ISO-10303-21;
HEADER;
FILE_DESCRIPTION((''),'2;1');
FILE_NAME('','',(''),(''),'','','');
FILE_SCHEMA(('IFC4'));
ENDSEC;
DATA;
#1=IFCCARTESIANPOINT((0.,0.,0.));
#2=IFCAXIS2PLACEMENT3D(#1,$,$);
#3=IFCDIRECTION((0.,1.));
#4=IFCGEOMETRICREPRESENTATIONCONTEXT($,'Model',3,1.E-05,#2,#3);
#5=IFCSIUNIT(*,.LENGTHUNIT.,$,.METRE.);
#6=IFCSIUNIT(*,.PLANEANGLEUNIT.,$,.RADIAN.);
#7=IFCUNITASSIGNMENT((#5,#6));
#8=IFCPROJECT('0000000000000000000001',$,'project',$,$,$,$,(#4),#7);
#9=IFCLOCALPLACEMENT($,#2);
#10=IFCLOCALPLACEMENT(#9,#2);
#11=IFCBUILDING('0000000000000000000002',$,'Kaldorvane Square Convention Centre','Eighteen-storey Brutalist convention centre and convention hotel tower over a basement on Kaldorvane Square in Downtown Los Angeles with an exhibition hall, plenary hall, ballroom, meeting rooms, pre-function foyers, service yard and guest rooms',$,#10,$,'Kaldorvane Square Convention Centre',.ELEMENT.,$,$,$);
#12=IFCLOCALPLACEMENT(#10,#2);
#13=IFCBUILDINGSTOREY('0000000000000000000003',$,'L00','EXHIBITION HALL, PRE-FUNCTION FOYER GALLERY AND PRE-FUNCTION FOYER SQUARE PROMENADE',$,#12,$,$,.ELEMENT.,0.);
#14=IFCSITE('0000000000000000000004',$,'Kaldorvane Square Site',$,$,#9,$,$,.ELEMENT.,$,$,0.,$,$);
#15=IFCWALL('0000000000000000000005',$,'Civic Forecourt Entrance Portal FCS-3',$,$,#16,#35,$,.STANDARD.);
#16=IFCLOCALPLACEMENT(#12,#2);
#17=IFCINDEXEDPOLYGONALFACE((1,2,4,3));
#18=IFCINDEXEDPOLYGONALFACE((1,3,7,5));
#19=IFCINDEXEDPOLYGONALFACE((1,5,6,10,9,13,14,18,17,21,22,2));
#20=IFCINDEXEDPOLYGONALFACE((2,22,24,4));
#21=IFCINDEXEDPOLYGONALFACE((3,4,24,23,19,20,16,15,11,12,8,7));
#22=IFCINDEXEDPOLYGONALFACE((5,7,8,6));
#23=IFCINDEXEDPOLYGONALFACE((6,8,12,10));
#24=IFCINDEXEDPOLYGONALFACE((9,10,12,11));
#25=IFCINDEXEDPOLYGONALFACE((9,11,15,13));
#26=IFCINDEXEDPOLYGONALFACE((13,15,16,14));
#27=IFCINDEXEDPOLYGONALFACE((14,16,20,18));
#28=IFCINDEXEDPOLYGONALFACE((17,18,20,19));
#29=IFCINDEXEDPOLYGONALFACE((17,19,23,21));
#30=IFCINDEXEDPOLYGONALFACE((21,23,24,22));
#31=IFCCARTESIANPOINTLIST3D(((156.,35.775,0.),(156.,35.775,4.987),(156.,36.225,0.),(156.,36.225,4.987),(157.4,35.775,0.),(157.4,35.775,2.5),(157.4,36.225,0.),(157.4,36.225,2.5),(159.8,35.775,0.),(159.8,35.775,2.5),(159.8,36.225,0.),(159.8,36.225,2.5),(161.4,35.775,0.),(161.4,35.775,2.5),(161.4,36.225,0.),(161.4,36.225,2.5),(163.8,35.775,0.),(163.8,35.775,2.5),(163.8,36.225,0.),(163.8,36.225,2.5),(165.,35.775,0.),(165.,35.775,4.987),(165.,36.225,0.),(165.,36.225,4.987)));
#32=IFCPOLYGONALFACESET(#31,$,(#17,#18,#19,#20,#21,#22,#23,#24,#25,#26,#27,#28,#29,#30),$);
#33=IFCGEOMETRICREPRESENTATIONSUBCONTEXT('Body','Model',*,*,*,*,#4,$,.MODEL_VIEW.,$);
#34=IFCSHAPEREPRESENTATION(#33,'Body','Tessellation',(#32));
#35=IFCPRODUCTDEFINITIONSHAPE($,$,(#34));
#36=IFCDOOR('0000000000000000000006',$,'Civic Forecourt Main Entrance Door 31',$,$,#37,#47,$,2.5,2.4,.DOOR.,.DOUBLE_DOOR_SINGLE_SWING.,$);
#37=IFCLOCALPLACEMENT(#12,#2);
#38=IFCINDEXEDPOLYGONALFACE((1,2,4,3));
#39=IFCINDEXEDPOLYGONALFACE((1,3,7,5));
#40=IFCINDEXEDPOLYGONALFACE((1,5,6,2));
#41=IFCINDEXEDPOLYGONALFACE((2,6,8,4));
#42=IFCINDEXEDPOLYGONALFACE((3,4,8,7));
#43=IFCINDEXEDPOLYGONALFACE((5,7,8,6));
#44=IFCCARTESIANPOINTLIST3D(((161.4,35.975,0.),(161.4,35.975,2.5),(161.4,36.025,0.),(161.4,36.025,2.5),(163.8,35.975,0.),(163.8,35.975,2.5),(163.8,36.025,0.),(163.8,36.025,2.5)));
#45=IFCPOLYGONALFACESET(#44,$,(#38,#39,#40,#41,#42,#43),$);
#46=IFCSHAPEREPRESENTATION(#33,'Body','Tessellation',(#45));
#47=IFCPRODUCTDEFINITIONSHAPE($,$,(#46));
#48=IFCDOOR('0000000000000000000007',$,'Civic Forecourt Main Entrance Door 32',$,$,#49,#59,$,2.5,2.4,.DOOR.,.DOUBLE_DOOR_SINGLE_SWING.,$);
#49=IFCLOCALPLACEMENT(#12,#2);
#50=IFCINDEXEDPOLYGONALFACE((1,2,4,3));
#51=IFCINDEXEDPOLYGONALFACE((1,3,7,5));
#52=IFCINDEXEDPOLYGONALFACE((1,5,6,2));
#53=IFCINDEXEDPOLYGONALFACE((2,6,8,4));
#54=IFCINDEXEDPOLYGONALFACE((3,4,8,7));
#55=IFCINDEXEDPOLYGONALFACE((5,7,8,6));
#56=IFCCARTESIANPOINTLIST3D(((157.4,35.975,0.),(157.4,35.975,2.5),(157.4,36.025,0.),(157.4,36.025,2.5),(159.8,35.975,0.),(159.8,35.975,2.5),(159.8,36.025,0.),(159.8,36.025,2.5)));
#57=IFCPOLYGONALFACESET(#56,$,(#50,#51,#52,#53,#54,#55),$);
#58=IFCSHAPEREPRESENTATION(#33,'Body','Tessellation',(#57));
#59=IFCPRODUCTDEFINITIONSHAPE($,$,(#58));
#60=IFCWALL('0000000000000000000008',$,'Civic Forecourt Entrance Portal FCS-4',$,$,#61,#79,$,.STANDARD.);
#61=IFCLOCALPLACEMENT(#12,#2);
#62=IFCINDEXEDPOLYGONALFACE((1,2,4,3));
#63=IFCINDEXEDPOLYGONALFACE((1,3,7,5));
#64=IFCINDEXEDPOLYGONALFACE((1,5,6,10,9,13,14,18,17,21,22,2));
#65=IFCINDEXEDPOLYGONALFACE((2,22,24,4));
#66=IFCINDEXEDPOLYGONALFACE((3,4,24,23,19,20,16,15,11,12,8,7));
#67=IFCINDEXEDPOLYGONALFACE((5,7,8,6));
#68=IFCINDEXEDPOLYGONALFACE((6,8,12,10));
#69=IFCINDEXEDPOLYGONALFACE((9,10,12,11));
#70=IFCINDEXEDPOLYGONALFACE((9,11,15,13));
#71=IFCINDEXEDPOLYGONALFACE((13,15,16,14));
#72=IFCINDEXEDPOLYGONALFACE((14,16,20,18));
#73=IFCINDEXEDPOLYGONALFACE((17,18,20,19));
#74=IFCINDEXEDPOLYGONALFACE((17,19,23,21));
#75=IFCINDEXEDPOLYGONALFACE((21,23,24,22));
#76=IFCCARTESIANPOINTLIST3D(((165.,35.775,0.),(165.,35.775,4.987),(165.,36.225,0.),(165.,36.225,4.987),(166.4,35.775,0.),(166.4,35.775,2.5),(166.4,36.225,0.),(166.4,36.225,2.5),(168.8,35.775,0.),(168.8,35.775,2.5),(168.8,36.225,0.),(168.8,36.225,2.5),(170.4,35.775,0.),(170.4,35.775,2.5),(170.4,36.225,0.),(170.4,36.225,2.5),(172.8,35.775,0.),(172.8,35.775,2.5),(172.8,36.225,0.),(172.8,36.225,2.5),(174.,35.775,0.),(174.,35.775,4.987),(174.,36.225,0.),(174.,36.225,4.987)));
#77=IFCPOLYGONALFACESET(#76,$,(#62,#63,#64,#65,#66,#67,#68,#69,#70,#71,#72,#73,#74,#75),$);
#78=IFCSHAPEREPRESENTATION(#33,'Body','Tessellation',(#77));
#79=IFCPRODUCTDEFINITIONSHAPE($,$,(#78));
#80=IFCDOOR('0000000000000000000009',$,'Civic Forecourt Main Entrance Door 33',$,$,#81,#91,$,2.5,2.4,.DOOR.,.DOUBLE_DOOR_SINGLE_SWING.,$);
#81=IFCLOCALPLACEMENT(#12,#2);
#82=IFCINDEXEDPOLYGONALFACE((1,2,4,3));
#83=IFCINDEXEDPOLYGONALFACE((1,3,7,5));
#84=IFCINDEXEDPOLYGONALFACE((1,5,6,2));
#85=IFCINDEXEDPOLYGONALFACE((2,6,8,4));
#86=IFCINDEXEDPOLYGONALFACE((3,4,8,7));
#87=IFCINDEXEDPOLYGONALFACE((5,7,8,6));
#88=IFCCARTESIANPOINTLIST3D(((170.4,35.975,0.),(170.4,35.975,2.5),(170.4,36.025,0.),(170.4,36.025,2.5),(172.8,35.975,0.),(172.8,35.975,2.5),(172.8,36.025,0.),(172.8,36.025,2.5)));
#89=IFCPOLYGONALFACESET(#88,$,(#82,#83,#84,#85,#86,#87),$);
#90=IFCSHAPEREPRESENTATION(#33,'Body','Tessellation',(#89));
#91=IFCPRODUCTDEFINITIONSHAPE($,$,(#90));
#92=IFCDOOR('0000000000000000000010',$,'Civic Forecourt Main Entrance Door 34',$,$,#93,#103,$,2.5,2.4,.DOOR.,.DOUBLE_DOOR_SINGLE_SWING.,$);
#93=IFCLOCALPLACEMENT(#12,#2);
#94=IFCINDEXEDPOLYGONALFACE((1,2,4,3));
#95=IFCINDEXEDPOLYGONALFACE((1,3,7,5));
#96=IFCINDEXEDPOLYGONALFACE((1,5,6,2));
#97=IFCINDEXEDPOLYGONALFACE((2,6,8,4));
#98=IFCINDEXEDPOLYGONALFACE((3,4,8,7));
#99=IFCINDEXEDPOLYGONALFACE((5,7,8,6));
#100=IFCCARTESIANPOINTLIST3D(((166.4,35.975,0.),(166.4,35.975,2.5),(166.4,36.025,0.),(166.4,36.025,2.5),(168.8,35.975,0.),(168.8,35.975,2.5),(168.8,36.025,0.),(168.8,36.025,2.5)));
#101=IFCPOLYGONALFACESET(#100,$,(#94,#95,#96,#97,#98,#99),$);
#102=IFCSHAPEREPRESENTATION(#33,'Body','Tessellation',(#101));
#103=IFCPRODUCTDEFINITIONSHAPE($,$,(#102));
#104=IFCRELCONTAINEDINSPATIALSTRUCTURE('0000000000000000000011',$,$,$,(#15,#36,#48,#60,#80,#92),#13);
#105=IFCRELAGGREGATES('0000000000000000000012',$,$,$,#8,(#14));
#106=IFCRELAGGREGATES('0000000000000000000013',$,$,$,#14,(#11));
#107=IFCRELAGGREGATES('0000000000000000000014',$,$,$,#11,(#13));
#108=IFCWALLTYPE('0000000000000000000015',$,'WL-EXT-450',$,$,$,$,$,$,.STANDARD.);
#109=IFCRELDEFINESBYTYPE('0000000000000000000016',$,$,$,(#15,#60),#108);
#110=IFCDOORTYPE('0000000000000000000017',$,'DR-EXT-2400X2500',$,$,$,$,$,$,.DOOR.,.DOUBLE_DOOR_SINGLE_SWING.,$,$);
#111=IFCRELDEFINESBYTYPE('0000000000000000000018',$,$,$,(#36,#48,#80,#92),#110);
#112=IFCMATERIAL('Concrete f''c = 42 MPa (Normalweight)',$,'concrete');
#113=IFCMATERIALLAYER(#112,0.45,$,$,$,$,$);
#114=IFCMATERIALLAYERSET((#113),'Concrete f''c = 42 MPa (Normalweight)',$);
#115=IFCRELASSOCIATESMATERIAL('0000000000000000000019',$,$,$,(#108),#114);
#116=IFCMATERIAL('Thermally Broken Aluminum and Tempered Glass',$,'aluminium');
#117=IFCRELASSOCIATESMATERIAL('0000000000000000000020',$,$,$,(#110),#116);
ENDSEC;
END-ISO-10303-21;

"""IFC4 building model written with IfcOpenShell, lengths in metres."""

from ifc_helpers import new_model, si_unit, direction, frame, frame_2d, origin, place, context, subcontext, project, spatial, rectangle, extrude, material, layer, layer_set, type_object, element, fill, save


model = new_model("IFC4")

# Units and contexts
model_context = context("Model", 3, precision=1e-05, world=origin(), true_north=direction((0.0, 1.0)))
body_context = subcontext(model_context, "Body", "Model", "MODEL_VIEW")
ifc_project = project(units=[si_unit("LENGTHUNIT", "METRE"), si_unit("PLANEANGLEUNIT", "RADIAN")], contexts=[model_context])

# Site, building, storey
site_placement = place(None, origin())
site = spatial("IfcSite", under=ifc_project, at=site_placement, Name="Kaldorvane Square Site", CompositionType="ELEMENT", RefElevation=0.0)
building_placement = place(site_placement, origin())
building = spatial("IfcBuilding", under=site, at=building_placement, Name="Kaldorvane Square Convention Centre", Description="Eighteen-storey Brutalist convention centre and convention hotel tower over a basement on Kaldorvane Square in Downtown Los Angeles with an exhibition hall, plenary hall, ballroom, meeting rooms, pre-function foyers, service yard and guest rooms", LongName="Kaldorvane Square Convention Centre", CompositionType="ELEMENT")
storey_placement = place(building_placement, origin())
storey = spatial("IfcBuildingStorey", under=building, at=storey_placement, Name="L00", Description="EXHIBITION HALL, PRE-FUNCTION FOYER GALLERY AND PRE-FUNCTION FOYER SQUARE PROMENADE", CompositionType="ELEMENT", Elevation=0.0)

# Walls, openings, doors
ifc_material_1 = material(Name="Concrete f'c = 42 MPa (Normalweight)", Category="concrete")
ifc_layer = layer(ifc_material_1, 0.45)
ifc_layer_set = layer_set([ifc_layer], Name="Concrete f'c = 42 MPa (Normalweight)")
wall_type = type_object("IfcWallType", Name="WL-EXT-450", PredefinedType="STANDARD", material=ifc_layer_set)
ifc_material_2 = material(Name="Thermally Broken Aluminum and Tempered Glass", Category="aluminium")
door_type = type_object("IfcDoorType", Name="DR-EXT-2400X2500", OperationType="DOUBLE_DOOR_SINGLE_SWING", PredefinedType="DOOR", material=ifc_material_2)
wall_1_placement = place(storey_placement, frame((165.0, 36.0, 0.0), z_axis=(0.0, 0.0, 1.0), x_axis=(-1.0, 0.0, 0.0)))
wall_1 = element("IfcWall", 1, at=wall_1_placement, inside=storey, type_object=wall_type, Name="Civic Forecourt Entrance Portal FCS-3", PredefinedType="STANDARD", context=body_context, shape_type="SweptSolid", body=[
    extrude(rectangle(XDim=9.0, YDim=0.45, at=frame_2d((4.5, 0.0))), origin(), (0.0, 0.0, 1.0), 4.987),
])
opening_1_placement = place(wall_1_placement, frame((1.2, 0.0, 0.0)))
opening_1 = element("IfcOpeningElement", 2, at=opening_1_placement, cuts=wall_1, PredefinedType="OPENING", context=body_context, shape_type="SweptSolid", body=[
    extrude(rectangle(XDim=2.4, YDim=2.5, at=frame_2d((1.2, 1.25))), frame((0.0, 0.24, 0.0), z_axis=(0.0, -1.0, 0.0), x_axis=(1.0, 0.0, 0.0)), (0.0, 0.0, 1.0), 0.48),
])
opening_2_placement = place(wall_1_placement, frame((5.2, 0.0, 0.0)))
opening_2 = element("IfcOpeningElement", 3, at=opening_2_placement, cuts=wall_1, PredefinedType="OPENING", context=body_context, shape_type="SweptSolid", body=[
    extrude(rectangle(XDim=2.4, YDim=2.5, at=frame_2d((1.2, 1.25))), frame((0.0, 0.24, 0.0), z_axis=(0.0, -1.0, 0.0), x_axis=(1.0, 0.0, 0.0)), (0.0, 0.0, 1.0), 0.48),
])
door_1_placement = place(opening_1_placement, origin())
door_1 = element("IfcDoor", 4, at=door_1_placement, inside=storey, type_object=door_type, Name="Civic Forecourt Main Entrance Door 31", OperationType="DOUBLE_DOOR_SINGLE_SWING", OverallHeight=2.5, OverallWidth=2.4, PredefinedType="DOOR", context=body_context, shape_type="SweptSolid", body=[
    extrude(rectangle(XDim=2.4, YDim=2.5, at=frame_2d((1.2, 1.25))), frame((0.0, 0.025, 0.0), z_axis=(0.0, -1.0, 0.0), x_axis=(1.0, 0.0, 0.0)), (0.0, 0.0, 1.0), 0.05),
])
fill(opening_1, door_1)
door_2_placement = place(opening_2_placement, origin())
door_2 = element("IfcDoor", 5, at=door_2_placement, inside=storey, type_object=door_type, Name="Civic Forecourt Main Entrance Door 32", OperationType="DOUBLE_DOOR_SINGLE_SWING", OverallHeight=2.5, OverallWidth=2.4, PredefinedType="DOOR", context=body_context, shape_type="SweptSolid", body=[
    extrude(rectangle(XDim=2.4, YDim=2.5, at=frame_2d((1.2, 1.25))), frame((0.0, 0.025, 0.0), z_axis=(0.0, -1.0, 0.0), x_axis=(1.0, 0.0, 0.0)), (0.0, 0.0, 1.0), 0.05),
])
fill(opening_2, door_2)
wall_2_placement = place(storey_placement, frame((174.0, 36.0, 0.0), z_axis=(0.0, 0.0, 1.0), x_axis=(-1.0, 0.0, 0.0)))
wall_2 = element("IfcWall", 6, at=wall_2_placement, inside=storey, type_object=wall_type, Name="Civic Forecourt Entrance Portal FCS-4", PredefinedType="STANDARD", context=body_context, shape_type="SweptSolid", body=[
    extrude(rectangle(XDim=9.0, YDim=0.45, at=frame_2d((4.5, 0.0))), origin(), (0.0, 0.0, 1.0), 4.987),
])
opening_3_placement = place(wall_2_placement, frame((1.2, 0.0, 0.0)))
opening_3 = element("IfcOpeningElement", 7, at=opening_3_placement, cuts=wall_2, PredefinedType="OPENING", context=body_context, shape_type="SweptSolid", body=[
    extrude(rectangle(XDim=2.4, YDim=2.5, at=frame_2d((1.2, 1.25))), frame((0.0, 0.24, 0.0), z_axis=(0.0, -1.0, 0.0), x_axis=(1.0, 0.0, 0.0)), (0.0, 0.0, 1.0), 0.48),
])
opening_4_placement = place(wall_2_placement, frame((5.2, 0.0, 0.0)))
opening_4 = element("IfcOpeningElement", 8, at=opening_4_placement, cuts=wall_2, PredefinedType="OPENING", context=body_context, shape_type="SweptSolid", body=[
    extrude(rectangle(XDim=2.4, YDim=2.5, at=frame_2d((1.2, 1.25))), frame((0.0, 0.24, 0.0), z_axis=(0.0, -1.0, 0.0), x_axis=(1.0, 0.0, 0.0)), (0.0, 0.0, 1.0), 0.48),
])
door_3_placement = place(opening_3_placement, origin())
door_3 = element("IfcDoor", 9, at=door_3_placement, inside=storey, type_object=door_type, Name="Civic Forecourt Main Entrance Door 33", OperationType="DOUBLE_DOOR_SINGLE_SWING", OverallHeight=2.5, OverallWidth=2.4, PredefinedType="DOOR", context=body_context, shape_type="SweptSolid", body=[
    extrude(rectangle(XDim=2.4, YDim=2.5, at=frame_2d((1.2, 1.25))), frame((0.0, 0.025, 0.0), z_axis=(0.0, -1.0, 0.0), x_axis=(1.0, 0.0, 0.0)), (0.0, 0.0, 1.0), 0.05),
])
fill(opening_3, door_3)
door_4_placement = place(opening_4_placement, origin())
door_4 = element("IfcDoor", 10, at=door_4_placement, inside=storey, type_object=door_type, Name="Civic Forecourt Main Entrance Door 34", OperationType="DOUBLE_DOOR_SINGLE_SWING", OverallHeight=2.5, OverallWidth=2.4, PredefinedType="DOOR", context=body_context, shape_type="SweptSolid", body=[
    extrude(rectangle(XDim=2.4, YDim=2.5, at=frame_2d((1.2, 1.25))), frame((0.0, 0.025, 0.0), z_axis=(0.0, -1.0, 0.0), x_axis=(1.0, 0.0, 0.0)), (0.0, 0.0, 1.0), 0.05),
])
fill(opening_4, door_4)

save(model, "model.ifc")
